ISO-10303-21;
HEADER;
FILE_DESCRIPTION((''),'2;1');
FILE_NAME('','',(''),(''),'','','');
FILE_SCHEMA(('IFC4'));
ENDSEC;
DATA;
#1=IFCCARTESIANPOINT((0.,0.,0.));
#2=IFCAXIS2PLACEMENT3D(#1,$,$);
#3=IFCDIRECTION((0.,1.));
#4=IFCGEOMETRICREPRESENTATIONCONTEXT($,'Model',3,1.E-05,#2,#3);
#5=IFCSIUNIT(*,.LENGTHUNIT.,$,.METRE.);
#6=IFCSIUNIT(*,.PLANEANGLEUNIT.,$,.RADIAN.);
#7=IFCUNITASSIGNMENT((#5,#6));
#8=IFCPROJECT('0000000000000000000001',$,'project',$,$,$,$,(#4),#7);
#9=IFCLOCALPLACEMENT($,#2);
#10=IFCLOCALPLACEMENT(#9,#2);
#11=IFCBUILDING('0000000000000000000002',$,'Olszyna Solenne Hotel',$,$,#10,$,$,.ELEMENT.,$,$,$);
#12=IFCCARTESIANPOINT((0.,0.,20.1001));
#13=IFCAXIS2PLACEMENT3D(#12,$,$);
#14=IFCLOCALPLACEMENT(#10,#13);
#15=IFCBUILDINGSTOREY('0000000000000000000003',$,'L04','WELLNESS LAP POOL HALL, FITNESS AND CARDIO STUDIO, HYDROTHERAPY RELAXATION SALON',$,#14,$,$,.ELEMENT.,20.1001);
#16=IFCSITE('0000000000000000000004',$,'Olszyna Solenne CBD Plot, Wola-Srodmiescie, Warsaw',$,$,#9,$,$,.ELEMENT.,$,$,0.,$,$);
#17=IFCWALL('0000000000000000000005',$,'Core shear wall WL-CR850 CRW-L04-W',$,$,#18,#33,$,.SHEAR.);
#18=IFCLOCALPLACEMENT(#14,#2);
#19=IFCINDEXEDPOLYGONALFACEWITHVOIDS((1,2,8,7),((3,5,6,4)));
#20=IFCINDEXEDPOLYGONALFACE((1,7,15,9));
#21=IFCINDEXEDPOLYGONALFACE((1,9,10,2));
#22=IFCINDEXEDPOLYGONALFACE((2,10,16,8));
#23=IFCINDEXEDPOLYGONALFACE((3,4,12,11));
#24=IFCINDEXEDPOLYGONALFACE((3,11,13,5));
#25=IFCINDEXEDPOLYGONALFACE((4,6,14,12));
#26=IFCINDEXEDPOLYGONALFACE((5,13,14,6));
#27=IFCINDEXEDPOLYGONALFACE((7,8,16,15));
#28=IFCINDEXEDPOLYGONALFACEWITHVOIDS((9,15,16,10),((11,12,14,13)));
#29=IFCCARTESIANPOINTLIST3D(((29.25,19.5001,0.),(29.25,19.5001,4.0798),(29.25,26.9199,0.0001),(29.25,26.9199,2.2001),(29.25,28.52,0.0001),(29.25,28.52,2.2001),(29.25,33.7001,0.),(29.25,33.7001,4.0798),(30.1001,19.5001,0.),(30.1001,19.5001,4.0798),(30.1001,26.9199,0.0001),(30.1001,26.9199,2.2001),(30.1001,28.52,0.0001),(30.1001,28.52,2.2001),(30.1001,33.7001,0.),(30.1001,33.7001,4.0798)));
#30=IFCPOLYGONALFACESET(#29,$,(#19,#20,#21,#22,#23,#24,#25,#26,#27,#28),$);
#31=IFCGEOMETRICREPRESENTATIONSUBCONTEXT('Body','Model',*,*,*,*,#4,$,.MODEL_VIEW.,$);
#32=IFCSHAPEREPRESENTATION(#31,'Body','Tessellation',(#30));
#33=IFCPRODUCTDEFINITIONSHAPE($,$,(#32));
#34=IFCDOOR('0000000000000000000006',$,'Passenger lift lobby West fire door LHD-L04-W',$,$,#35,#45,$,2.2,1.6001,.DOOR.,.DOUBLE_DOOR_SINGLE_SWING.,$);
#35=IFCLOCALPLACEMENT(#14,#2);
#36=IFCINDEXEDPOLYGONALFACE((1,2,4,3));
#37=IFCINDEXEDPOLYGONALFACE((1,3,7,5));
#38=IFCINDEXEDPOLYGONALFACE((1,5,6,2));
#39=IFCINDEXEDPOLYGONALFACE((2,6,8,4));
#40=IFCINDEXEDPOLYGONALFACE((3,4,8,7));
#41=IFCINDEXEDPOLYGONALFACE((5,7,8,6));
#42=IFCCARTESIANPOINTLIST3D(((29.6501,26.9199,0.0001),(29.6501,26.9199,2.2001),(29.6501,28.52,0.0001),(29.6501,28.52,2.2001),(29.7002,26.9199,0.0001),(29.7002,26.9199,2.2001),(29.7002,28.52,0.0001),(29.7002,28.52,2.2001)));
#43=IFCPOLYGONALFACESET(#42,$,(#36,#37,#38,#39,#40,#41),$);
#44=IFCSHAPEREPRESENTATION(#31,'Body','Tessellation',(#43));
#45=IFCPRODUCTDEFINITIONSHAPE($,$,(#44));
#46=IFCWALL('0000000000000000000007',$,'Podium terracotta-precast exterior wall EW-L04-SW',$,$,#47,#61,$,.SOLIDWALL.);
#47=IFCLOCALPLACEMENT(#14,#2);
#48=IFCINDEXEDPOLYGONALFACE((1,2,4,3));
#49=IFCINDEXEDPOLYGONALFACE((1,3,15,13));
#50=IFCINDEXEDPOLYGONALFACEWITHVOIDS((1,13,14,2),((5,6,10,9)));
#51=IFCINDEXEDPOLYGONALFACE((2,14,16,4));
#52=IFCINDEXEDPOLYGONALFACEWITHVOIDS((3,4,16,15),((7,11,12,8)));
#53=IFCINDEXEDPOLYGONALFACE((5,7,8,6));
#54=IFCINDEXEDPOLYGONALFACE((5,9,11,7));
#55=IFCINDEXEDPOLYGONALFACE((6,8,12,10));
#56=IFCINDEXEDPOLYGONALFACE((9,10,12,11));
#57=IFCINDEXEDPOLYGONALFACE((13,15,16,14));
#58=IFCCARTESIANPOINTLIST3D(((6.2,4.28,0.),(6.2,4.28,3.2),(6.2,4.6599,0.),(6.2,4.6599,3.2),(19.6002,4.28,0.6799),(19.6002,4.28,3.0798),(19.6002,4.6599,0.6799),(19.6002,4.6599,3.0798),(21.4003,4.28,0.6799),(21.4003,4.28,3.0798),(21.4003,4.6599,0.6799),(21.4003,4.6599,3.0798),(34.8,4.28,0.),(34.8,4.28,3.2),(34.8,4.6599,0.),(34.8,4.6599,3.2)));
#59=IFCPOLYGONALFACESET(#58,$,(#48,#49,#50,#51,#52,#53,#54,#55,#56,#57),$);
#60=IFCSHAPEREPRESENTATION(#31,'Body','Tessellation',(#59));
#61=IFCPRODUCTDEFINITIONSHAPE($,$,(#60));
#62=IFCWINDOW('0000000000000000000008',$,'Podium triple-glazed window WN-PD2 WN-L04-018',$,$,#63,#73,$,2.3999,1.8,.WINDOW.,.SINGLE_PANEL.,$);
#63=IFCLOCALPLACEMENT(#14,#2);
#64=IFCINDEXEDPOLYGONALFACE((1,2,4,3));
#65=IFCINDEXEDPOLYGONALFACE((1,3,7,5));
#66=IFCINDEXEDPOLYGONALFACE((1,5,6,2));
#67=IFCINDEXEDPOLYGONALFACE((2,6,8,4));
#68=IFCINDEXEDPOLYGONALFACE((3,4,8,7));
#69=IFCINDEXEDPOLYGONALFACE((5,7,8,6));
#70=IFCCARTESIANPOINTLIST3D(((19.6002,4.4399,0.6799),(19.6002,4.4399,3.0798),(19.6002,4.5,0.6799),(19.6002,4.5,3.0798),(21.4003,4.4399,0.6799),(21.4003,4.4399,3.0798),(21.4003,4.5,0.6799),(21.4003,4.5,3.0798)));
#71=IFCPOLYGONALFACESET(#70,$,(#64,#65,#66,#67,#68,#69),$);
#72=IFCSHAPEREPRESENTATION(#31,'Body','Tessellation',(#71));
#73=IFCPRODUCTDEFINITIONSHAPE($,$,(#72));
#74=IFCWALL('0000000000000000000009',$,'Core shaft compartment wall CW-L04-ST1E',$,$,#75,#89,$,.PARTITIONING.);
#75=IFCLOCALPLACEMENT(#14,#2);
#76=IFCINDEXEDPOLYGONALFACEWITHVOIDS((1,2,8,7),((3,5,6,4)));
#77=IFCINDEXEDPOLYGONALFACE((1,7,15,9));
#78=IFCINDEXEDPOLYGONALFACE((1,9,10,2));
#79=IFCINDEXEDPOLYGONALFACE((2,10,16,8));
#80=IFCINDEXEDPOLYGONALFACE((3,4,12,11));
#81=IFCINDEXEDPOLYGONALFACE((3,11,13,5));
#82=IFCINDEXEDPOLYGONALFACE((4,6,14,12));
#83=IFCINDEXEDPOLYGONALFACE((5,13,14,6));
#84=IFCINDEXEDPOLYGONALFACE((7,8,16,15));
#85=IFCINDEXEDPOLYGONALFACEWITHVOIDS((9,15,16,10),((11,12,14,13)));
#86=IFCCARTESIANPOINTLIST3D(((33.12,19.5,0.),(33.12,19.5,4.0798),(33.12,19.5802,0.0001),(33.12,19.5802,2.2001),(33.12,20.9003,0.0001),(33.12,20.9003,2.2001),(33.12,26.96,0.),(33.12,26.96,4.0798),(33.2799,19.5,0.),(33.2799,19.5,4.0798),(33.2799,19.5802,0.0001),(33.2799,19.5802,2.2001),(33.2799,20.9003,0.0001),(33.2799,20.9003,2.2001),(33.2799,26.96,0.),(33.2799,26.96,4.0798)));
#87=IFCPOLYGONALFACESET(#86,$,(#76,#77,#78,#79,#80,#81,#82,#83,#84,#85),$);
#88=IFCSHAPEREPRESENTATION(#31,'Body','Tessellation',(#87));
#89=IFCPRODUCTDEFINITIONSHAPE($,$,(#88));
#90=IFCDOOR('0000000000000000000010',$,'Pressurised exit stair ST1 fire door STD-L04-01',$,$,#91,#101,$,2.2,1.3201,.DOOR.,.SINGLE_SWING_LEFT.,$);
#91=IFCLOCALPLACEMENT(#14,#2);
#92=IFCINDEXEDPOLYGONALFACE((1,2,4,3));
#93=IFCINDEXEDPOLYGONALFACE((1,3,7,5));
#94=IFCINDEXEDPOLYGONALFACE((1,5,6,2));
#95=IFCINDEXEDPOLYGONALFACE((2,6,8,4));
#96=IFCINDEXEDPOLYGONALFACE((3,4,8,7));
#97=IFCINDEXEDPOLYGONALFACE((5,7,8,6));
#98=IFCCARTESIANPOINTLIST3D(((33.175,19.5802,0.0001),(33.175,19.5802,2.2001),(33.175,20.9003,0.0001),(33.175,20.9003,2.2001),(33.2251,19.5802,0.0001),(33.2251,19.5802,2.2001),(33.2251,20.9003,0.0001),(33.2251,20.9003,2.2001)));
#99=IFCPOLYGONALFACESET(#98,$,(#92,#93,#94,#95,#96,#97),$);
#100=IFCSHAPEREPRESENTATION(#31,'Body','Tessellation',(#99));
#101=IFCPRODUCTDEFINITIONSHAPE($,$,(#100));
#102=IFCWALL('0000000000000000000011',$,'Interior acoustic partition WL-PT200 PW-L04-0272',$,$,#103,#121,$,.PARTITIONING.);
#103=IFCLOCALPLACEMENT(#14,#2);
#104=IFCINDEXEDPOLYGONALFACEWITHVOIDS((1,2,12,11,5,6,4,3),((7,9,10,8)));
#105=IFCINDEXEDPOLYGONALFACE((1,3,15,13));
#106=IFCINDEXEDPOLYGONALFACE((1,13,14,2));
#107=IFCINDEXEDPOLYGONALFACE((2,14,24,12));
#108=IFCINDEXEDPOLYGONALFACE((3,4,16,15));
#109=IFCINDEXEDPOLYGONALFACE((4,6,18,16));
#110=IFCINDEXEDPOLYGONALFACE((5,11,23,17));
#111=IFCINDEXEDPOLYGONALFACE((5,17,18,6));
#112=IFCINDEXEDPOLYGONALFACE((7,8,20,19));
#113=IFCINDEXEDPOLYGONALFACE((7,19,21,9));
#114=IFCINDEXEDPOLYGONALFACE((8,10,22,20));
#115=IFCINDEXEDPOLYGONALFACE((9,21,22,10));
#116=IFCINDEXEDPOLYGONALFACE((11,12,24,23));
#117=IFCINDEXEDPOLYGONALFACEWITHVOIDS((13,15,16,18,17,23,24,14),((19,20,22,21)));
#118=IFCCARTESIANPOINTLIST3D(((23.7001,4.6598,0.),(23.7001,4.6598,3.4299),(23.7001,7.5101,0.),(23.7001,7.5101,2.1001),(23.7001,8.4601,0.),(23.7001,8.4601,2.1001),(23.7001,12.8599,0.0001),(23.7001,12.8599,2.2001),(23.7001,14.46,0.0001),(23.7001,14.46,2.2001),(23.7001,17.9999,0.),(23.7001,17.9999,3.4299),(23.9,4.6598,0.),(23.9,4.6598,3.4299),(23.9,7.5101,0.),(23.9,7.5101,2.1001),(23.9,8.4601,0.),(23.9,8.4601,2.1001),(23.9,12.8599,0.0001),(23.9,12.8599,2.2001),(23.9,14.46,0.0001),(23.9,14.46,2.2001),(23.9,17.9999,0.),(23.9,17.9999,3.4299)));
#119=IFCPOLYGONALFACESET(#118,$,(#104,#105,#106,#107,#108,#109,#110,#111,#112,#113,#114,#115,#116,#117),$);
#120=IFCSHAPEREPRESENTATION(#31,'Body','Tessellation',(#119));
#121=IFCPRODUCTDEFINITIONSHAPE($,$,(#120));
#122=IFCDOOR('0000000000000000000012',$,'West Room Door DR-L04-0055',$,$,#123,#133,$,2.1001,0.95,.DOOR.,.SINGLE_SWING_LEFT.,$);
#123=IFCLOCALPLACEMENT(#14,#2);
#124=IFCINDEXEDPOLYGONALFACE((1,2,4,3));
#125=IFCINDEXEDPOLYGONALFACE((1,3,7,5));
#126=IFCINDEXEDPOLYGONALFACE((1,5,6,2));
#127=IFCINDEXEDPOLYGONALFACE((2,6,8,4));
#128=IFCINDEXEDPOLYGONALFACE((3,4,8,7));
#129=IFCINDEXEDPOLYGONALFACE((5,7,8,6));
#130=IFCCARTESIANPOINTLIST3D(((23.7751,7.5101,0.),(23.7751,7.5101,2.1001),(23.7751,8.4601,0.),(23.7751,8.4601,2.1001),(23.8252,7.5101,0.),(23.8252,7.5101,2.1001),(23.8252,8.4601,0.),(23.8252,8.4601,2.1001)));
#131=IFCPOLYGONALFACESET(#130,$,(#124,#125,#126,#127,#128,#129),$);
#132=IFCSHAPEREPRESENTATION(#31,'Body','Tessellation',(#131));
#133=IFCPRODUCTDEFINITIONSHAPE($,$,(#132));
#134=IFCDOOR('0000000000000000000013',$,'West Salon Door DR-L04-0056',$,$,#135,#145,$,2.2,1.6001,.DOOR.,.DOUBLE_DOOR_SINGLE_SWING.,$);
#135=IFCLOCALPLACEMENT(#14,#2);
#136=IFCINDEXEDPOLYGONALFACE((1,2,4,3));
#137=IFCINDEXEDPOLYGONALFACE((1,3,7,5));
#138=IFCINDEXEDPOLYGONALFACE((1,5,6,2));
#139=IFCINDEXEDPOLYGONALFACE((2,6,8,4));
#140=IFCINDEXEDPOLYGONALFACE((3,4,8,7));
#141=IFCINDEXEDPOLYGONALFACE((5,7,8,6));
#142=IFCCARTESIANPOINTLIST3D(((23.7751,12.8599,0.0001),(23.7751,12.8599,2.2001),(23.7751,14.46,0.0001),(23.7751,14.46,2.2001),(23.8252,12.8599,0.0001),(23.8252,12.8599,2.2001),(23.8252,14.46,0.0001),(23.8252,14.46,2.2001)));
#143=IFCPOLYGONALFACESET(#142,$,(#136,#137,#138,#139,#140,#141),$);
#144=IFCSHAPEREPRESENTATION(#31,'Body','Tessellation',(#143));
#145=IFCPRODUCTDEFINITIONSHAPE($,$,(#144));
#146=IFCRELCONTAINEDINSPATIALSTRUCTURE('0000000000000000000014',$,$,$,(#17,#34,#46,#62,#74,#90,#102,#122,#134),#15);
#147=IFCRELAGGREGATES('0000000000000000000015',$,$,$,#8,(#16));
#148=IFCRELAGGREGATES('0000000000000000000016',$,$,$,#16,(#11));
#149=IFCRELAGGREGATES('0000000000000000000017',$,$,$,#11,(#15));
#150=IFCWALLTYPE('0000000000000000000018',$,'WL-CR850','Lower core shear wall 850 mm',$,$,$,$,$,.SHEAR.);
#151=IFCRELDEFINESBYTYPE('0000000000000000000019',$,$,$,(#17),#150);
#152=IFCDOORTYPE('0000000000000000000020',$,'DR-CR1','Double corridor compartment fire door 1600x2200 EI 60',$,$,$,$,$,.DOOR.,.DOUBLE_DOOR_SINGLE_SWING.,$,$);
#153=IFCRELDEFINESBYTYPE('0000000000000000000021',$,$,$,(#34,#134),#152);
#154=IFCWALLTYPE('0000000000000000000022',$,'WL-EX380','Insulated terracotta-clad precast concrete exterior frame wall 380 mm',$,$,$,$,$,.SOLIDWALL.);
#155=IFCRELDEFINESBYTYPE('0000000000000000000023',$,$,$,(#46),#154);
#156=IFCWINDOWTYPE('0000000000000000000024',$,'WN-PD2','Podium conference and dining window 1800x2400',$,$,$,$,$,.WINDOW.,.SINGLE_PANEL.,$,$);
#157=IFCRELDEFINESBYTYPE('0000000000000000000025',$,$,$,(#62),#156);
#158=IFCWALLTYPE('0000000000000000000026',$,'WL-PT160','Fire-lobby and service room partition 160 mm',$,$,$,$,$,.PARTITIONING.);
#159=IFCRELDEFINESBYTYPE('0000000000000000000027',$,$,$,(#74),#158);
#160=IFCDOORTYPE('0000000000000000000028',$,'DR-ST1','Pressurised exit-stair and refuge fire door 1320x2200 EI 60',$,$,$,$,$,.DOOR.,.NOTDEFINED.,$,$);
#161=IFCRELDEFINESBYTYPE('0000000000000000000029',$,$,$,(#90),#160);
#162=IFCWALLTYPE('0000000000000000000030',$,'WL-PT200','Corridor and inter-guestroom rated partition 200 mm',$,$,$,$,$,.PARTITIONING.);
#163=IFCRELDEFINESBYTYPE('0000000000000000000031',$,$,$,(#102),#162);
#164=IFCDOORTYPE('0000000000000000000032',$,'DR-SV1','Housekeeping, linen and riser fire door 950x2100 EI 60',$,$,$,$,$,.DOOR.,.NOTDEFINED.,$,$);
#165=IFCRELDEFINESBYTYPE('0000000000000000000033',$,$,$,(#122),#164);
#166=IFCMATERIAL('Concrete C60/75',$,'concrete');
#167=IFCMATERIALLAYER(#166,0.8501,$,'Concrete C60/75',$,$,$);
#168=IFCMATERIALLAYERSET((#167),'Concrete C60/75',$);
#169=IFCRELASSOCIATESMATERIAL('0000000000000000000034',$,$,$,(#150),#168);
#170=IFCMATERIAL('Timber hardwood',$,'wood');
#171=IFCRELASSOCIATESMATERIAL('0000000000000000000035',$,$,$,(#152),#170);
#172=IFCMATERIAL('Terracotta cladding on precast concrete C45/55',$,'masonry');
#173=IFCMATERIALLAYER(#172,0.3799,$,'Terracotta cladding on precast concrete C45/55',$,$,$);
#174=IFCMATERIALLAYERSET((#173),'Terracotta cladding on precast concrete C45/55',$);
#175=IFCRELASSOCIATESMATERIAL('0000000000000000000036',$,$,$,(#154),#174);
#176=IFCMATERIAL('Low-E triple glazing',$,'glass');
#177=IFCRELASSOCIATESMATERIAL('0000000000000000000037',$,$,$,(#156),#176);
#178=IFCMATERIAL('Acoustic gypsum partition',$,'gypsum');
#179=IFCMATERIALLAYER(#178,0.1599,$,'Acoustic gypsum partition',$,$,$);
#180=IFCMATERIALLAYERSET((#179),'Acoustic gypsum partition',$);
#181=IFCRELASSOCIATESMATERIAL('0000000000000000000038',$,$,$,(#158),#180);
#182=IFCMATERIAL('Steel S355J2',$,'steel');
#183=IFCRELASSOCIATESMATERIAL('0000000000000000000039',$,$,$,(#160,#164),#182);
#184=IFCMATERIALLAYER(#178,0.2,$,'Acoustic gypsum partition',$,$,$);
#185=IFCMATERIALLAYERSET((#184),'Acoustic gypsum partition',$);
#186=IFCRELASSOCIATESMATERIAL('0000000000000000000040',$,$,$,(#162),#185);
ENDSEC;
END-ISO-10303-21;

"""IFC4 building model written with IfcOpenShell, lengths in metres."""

from ifc_helpers import new_model, si_unit, direction, frame, frame_2d, origin, place, context, subcontext, project, spatial, rectangle, extrude, source, transform, mapped, material, layer, layer_set, type_object, type_shapes, element, fill, save


model = new_model("IFC4")

# Units and contexts
model_context = context("Model", 3, precision=1e-05, world=origin(), true_north=direction((0.0, 1.0)))
body_context = subcontext(model_context, "Body", "Model", "MODEL_VIEW")
ifc_project = project(units=[si_unit("LENGTHUNIT", "METRE"), si_unit("PLANEANGLEUNIT", "RADIAN")], contexts=[model_context])

# Site, building, storey
site_placement = place(None, origin())
site = spatial("IfcSite", under=ifc_project, at=site_placement, Name="Olszyna Solenne CBD Plot, Wola-Srodmiescie, Warsaw", CompositionType="ELEMENT", RefElevation=0.0)
building_placement = place(site_placement, origin())
building = spatial("IfcBuilding", under=site, at=building_placement, Name="Olszyna Solenne Hotel", CompositionType="ELEMENT")
storey_placement = place(building_placement, frame((0.0, 0.0, 20.1001)))
storey = spatial("IfcBuildingStorey", under=building, at=storey_placement, Name="L04", Description="WELLNESS LAP POOL HALL, FITNESS AND CARDIO STUDIO, HYDROTHERAPY RELAXATION SALON", CompositionType="ELEMENT", Elevation=20.1001)

# Shared definitions
ifc_material_1 = material(Name="Concrete C60/75", Category="concrete")

# Wall, opening, door
ifc_layer_1 = layer(ifc_material_1, 0.8501, Name="Concrete C60/75")
ifc_layer_set_1 = layer_set([ifc_layer_1], Name="Concrete C60/75")
wall_type_1 = type_object("IfcWallType", Name="WL-CR850", Description="Lower core shear wall 850 mm", PredefinedType="SHEAR", material=ifc_layer_set_1)
wall_1_placement = place(storey_placement, frame((29.675, 19.5, 0.0), z_axis=(0.0, 0.0, 1.0), x_axis=(0.0, 1.0, 0.0)))
wall_1 = element("IfcWall", 1, at=wall_1_placement, inside=storey, type_object=wall_type_1, Name="Core shear wall WL-CR850 CRW-L04-W", PredefinedType="SHEAR", context=body_context, shape_type="SweptSolid", body=[
    extrude(rectangle(XDim=14.2, YDim=0.8501, at=frame_2d((7.1001, 0.0))), origin(), (0.0, 0.0, 1.0), 4.0798),
])
opening_1_placement = place(wall_1_placement, frame((7.4199, 0.0, 0.0)))
opening_1 = element("IfcOpeningElement", 2, at=opening_1_placement, cuts=wall_1, PredefinedType="OPENING", context=body_context, shape_type="SweptSolid", body=[
    extrude(rectangle(XDim=1.6001, YDim=2.2, at=frame_2d((0.8, 1.1001))), frame((0.0, 0.4351, 0.0), z_axis=(0.0, -1.0, 0.0), x_axis=(1.0, 0.0, 0.0)), (0.0, 0.0, 1.0), 0.8701),
])
ifc_material_2 = material(Name="Timber hardwood", Category="wood")
door_type_1 = type_object("IfcDoorType", Name="DR-CR1", Description="Double corridor compartment fire door 1600x2200 EI 60", OperationType="DOUBLE_DOOR_SINGLE_SWING", PredefinedType="DOOR", material=ifc_material_2)
shared_shape_1 = source(origin(), body_context, "Body", "SweptSolid", [
    extrude(rectangle(XDim=1.6001, YDim=2.2, at=frame_2d((0.8, 1.1001))), frame((0.0, 0.0249, 0.0), z_axis=(0.0, -1.0, 0.0), x_axis=(1.0, 0.0, 0.0)), (0.0, 0.0, 1.0), 0.05),
])
type_shapes(door_type_1, [shared_shape_1])
door_1_placement = place(opening_1_placement, origin())
door_1 = element("IfcDoor", 3, at=door_1_placement, inside=storey, type_object=door_type_1, Name="Passenger lift lobby West fire door LHD-L04-W", OperationType="DOUBLE_DOOR_SINGLE_SWING", OverallHeight=2.2, OverallWidth=1.6001, PredefinedType="DOOR", context=body_context, shape_type="MappedRepresentation", body=[
    mapped(shared_shape_1, transform((0.0, 0.0, 0.0), x_axis=(1.0, 0.0, 0.0), y_axis=(0.0, 1.0, 0.0), z_axis=(0.0, 0.0, 1.0), scale=1.0)),
])
fill(opening_1, door_1)

# Wall, opening, window
ifc_material_3 = material(Name="Terracotta cladding on precast concrete C45/55", Category="masonry")
ifc_layer_2 = layer(ifc_material_3, 0.3799, Name="Terracotta cladding on precast concrete C45/55")
ifc_layer_set_2 = layer_set([ifc_layer_2], Name="Terracotta cladding on precast concrete C45/55")
wall_type_2 = type_object("IfcWallType", Name="WL-EX380", Description="Insulated terracotta-clad precast concrete exterior frame wall 380 mm", PredefinedType="SOLIDWALL", material=ifc_layer_set_2)
wall_2_placement = place(storey_placement, frame((34.8, 4.47, 0.0), z_axis=(0.0, 0.0, 1.0), x_axis=(-1.0, 0.0, 0.0)))
wall_2 = element("IfcWall", 4, at=wall_2_placement, inside=storey, type_object=wall_type_2, Name="Podium terracotta-precast exterior wall EW-L04-SW", PredefinedType="SOLIDWALL", context=body_context, shape_type="SweptSolid", body=[
    extrude(rectangle(XDim=28.6001, YDim=0.3799, at=frame_2d((14.3, 0.0))), origin(), (0.0, 0.0, 1.0), 3.2),
])
opening_2_placement = place(wall_2_placement, frame((13.3999, 0.0, 0.6799)))
opening_2 = element("IfcOpeningElement", 5, at=opening_2_placement, cuts=wall_2, PredefinedType="OPENING", context=body_context, shape_type="SweptSolid", body=[
    extrude(rectangle(XDim=1.8, YDim=2.3999, at=frame_2d((0.8999, 1.2))), frame((0.0, 0.2, 0.0), z_axis=(0.0, -1.0, 0.0), x_axis=(1.0, 0.0, 0.0)), (0.0, 0.0, 1.0), 0.3999),
])
ifc_material_4 = material(Name="Low-E triple glazing", Category="glass")
window_type = type_object("IfcWindowType", Name="WN-PD2", Description="Podium conference and dining window 1800x2400", PartitioningType="SINGLE_PANEL", PredefinedType="WINDOW", material=ifc_material_4)
shared_shape_2 = source(origin(), body_context, "Body", "SweptSolid", [
    extrude(rectangle(XDim=1.8, YDim=2.3999, at=frame_2d((0.8999, 1.2))), frame((0.0, 0.03, 0.0), z_axis=(0.0, -1.0, 0.0), x_axis=(1.0, 0.0, 0.0)), (0.0, 0.0, 1.0), 0.0601),
])
type_shapes(window_type, [shared_shape_2])
window_placement = place(opening_2_placement, origin())
window = element("IfcWindow", 6, at=window_placement, inside=storey, type_object=window_type, Name="Podium triple-glazed window WN-PD2 WN-L04-018", OverallHeight=2.3999, OverallWidth=1.8, PartitioningType="SINGLE_PANEL", PredefinedType="WINDOW", context=body_context, shape_type="MappedRepresentation", body=[
    mapped(shared_shape_2, transform((0.0, 0.0, 0.0), x_axis=(1.0, 0.0, 0.0), y_axis=(0.0, 1.0, 0.0), z_axis=(0.0, 0.0, 1.0), scale=1.0)),
])
fill(opening_2, window)

# Wall, opening, door
ifc_material_5 = material(Name="Acoustic gypsum partition", Category="gypsum")
ifc_layer_3 = layer(ifc_material_5, 0.1599, Name="Acoustic gypsum partition")
ifc_layer_set_3 = layer_set([ifc_layer_3], Name="Acoustic gypsum partition")
wall_type_3 = type_object("IfcWallType", Name="WL-PT160", Description="Fire-lobby and service room partition 160 mm", PredefinedType="PARTITIONING", material=ifc_layer_set_3)
wall_3_placement = place(storey_placement, frame((33.2, 19.5, 0.0), z_axis=(0.0, 0.0, 1.0), x_axis=(0.0, 1.0, 0.0)))
wall_3 = element("IfcWall", 7, at=wall_3_placement, inside=storey, type_object=wall_type_3, Name="Core shaft compartment wall CW-L04-ST1E", PredefinedType="PARTITIONING", context=body_context, shape_type="SweptSolid", body=[
    extrude(rectangle(XDim=7.46, YDim=0.1599, at=frame_2d((3.73, 0.0))), origin(), (0.0, 0.0, 1.0), 4.0798),
])
opening_3_placement = place(wall_3_placement, frame((0.0801, 0.0, 0.0)))
opening_3 = element("IfcOpeningElement", 8, at=opening_3_placement, cuts=wall_3, PredefinedType="OPENING", context=body_context, shape_type="SweptSolid", body=[
    extrude(rectangle(XDim=1.3201, YDim=2.2, at=frame_2d((0.6602, 1.1001))), frame((0.0, 0.0898, 0.0), z_axis=(0.0, -1.0, 0.0), x_axis=(1.0, 0.0, 0.0)), (0.0, 0.0, 1.0), 0.1799),
])
ifc_material_6 = material(Name="Steel S355J2", Category="steel")
door_type_2 = type_object("IfcDoorType", Name="DR-ST1", Description="Pressurised exit-stair and refuge fire door 1320x2200 EI 60", OperationType="NOTDEFINED", PredefinedType="DOOR", material=ifc_material_6)
shared_shape_3 = source(origin(), body_context, "Body", "SweptSolid", [
    extrude(rectangle(XDim=1.3201, YDim=2.2, at=frame_2d((0.6602, 1.1001))), frame((0.0, 0.0249, 0.0), z_axis=(0.0, -1.0, 0.0), x_axis=(1.0, 0.0, 0.0)), (0.0, 0.0, 1.0), 0.05),
])
type_shapes(door_type_2, [shared_shape_3])
door_2_placement = place(opening_3_placement, origin())
door_2 = element("IfcDoor", 9, at=door_2_placement, inside=storey, type_object=door_type_2, Name="Pressurised exit stair ST1 fire door STD-L04-01", OperationType="SINGLE_SWING_LEFT", OverallHeight=2.2, OverallWidth=1.3201, PredefinedType="DOOR", context=body_context, shape_type="MappedRepresentation", body=[
    mapped(shared_shape_3, transform((0.0, 0.0, 0.0), x_axis=(1.0, 0.0, 0.0), y_axis=(0.0, 1.0, 0.0), z_axis=(0.0, 0.0, 1.0), scale=1.0)),
])
fill(opening_3, door_2)

# Wall, openings, doors
ifc_layer_4 = layer(ifc_material_5, 0.2, Name="Acoustic gypsum partition")
ifc_layer_set_4 = layer_set([ifc_layer_4], Name="Acoustic gypsum partition")
wall_type_4 = type_object("IfcWallType", Name="WL-PT200", Description="Corridor and inter-guestroom rated partition 200 mm", PredefinedType="PARTITIONING", material=ifc_layer_set_4)
wall_4_placement = place(storey_placement, frame((23.8, 4.6599, 0.0), z_axis=(0.0, 0.0, 1.0), x_axis=(0.0, 1.0, 0.0)))
wall_4 = element("IfcWall", 10, at=wall_4_placement, inside=storey, type_object=wall_type_4, Name="Interior acoustic partition WL-PT200 PW-L04-0272", PredefinedType="PARTITIONING", context=body_context, shape_type="SweptSolid", body=[
    extrude(rectangle(XDim=13.3401, YDim=0.2, at=frame_2d((6.6699, 0.0))), origin(), (0.0, 0.0, 1.0), 3.4299),
])
opening_4_placement = place(wall_4_placement, frame((2.8501, 0.0, 0.0)))
opening_4 = element("IfcOpeningElement", 11, at=opening_4_placement, cuts=wall_4, PredefinedType="OPENING", context=body_context, shape_type="SweptSolid", body=[
    extrude(rectangle(XDim=0.95, YDim=2.1001, at=frame_2d((0.4751, 1.05))), frame((0.0, 0.1099, 0.0), z_axis=(0.0, -1.0, 0.0), x_axis=(1.0, 0.0, 0.0)), (0.0, 0.0, 1.0), 0.22),
])
opening_5_placement = place(wall_4_placement, frame((8.2, 0.0, 0.0)))
opening_5 = element("IfcOpeningElement", 12, at=opening_5_placement, cuts=wall_4, PredefinedType="OPENING", context=body_context, shape_type="SweptSolid", body=[
    extrude(rectangle(XDim=1.6001, YDim=2.2, at=frame_2d((0.8, 1.1001))), frame((0.0, 0.1099, 0.0), z_axis=(0.0, -1.0, 0.0), x_axis=(1.0, 0.0, 0.0)), (0.0, 0.0, 1.0), 0.22),
])
door_type_3 = type_object("IfcDoorType", Name="DR-SV1", Description="Housekeeping, linen and riser fire door 950x2100 EI 60", OperationType="NOTDEFINED", PredefinedType="DOOR", material=ifc_material_6)
shared_shape_4 = source(origin(), body_context, "Body", "SweptSolid", [
    extrude(rectangle(XDim=0.95, YDim=2.1001, at=frame_2d((0.4751, 1.05))), frame((0.0, 0.0249, 0.0), z_axis=(0.0, -1.0, 0.0), x_axis=(1.0, 0.0, 0.0)), (0.0, 0.0, 1.0), 0.05),
])
type_shapes(door_type_3, [shared_shape_4])
door_3_placement = place(opening_4_placement, origin())
door_3 = element("IfcDoor", 13, at=door_3_placement, inside=storey, type_object=door_type_3, Name="West Room Door DR-L04-0055", OperationType="SINGLE_SWING_LEFT", OverallHeight=2.1001, OverallWidth=0.95, PredefinedType="DOOR", context=body_context, shape_type="MappedRepresentation", body=[
    mapped(shared_shape_4, transform((0.0, 0.0, 0.0), x_axis=(1.0, 0.0, 0.0), y_axis=(0.0, 1.0, 0.0), z_axis=(0.0, 0.0, 1.0), scale=1.0)),
])
fill(opening_4, door_3)
door_4_placement = place(opening_5_placement, origin())
door_4 = element("IfcDoor", 14, at=door_4_placement, inside=storey, type_object=door_type_1, Name="West Salon Door DR-L04-0056", OperationType="DOUBLE_DOOR_SINGLE_SWING", OverallHeight=2.2, OverallWidth=1.6001, PredefinedType="DOOR", context=body_context, shape_type="MappedRepresentation", body=[
    mapped(shared_shape_1, transform((0.0, 0.0, 0.0), x_axis=(1.0, 0.0, 0.0), y_axis=(0.0, 1.0, 0.0), z_axis=(0.0, 0.0, 1.0), scale=1.0)),
])
fill(opening_5, door_4)

save(model, "model.ifc")
